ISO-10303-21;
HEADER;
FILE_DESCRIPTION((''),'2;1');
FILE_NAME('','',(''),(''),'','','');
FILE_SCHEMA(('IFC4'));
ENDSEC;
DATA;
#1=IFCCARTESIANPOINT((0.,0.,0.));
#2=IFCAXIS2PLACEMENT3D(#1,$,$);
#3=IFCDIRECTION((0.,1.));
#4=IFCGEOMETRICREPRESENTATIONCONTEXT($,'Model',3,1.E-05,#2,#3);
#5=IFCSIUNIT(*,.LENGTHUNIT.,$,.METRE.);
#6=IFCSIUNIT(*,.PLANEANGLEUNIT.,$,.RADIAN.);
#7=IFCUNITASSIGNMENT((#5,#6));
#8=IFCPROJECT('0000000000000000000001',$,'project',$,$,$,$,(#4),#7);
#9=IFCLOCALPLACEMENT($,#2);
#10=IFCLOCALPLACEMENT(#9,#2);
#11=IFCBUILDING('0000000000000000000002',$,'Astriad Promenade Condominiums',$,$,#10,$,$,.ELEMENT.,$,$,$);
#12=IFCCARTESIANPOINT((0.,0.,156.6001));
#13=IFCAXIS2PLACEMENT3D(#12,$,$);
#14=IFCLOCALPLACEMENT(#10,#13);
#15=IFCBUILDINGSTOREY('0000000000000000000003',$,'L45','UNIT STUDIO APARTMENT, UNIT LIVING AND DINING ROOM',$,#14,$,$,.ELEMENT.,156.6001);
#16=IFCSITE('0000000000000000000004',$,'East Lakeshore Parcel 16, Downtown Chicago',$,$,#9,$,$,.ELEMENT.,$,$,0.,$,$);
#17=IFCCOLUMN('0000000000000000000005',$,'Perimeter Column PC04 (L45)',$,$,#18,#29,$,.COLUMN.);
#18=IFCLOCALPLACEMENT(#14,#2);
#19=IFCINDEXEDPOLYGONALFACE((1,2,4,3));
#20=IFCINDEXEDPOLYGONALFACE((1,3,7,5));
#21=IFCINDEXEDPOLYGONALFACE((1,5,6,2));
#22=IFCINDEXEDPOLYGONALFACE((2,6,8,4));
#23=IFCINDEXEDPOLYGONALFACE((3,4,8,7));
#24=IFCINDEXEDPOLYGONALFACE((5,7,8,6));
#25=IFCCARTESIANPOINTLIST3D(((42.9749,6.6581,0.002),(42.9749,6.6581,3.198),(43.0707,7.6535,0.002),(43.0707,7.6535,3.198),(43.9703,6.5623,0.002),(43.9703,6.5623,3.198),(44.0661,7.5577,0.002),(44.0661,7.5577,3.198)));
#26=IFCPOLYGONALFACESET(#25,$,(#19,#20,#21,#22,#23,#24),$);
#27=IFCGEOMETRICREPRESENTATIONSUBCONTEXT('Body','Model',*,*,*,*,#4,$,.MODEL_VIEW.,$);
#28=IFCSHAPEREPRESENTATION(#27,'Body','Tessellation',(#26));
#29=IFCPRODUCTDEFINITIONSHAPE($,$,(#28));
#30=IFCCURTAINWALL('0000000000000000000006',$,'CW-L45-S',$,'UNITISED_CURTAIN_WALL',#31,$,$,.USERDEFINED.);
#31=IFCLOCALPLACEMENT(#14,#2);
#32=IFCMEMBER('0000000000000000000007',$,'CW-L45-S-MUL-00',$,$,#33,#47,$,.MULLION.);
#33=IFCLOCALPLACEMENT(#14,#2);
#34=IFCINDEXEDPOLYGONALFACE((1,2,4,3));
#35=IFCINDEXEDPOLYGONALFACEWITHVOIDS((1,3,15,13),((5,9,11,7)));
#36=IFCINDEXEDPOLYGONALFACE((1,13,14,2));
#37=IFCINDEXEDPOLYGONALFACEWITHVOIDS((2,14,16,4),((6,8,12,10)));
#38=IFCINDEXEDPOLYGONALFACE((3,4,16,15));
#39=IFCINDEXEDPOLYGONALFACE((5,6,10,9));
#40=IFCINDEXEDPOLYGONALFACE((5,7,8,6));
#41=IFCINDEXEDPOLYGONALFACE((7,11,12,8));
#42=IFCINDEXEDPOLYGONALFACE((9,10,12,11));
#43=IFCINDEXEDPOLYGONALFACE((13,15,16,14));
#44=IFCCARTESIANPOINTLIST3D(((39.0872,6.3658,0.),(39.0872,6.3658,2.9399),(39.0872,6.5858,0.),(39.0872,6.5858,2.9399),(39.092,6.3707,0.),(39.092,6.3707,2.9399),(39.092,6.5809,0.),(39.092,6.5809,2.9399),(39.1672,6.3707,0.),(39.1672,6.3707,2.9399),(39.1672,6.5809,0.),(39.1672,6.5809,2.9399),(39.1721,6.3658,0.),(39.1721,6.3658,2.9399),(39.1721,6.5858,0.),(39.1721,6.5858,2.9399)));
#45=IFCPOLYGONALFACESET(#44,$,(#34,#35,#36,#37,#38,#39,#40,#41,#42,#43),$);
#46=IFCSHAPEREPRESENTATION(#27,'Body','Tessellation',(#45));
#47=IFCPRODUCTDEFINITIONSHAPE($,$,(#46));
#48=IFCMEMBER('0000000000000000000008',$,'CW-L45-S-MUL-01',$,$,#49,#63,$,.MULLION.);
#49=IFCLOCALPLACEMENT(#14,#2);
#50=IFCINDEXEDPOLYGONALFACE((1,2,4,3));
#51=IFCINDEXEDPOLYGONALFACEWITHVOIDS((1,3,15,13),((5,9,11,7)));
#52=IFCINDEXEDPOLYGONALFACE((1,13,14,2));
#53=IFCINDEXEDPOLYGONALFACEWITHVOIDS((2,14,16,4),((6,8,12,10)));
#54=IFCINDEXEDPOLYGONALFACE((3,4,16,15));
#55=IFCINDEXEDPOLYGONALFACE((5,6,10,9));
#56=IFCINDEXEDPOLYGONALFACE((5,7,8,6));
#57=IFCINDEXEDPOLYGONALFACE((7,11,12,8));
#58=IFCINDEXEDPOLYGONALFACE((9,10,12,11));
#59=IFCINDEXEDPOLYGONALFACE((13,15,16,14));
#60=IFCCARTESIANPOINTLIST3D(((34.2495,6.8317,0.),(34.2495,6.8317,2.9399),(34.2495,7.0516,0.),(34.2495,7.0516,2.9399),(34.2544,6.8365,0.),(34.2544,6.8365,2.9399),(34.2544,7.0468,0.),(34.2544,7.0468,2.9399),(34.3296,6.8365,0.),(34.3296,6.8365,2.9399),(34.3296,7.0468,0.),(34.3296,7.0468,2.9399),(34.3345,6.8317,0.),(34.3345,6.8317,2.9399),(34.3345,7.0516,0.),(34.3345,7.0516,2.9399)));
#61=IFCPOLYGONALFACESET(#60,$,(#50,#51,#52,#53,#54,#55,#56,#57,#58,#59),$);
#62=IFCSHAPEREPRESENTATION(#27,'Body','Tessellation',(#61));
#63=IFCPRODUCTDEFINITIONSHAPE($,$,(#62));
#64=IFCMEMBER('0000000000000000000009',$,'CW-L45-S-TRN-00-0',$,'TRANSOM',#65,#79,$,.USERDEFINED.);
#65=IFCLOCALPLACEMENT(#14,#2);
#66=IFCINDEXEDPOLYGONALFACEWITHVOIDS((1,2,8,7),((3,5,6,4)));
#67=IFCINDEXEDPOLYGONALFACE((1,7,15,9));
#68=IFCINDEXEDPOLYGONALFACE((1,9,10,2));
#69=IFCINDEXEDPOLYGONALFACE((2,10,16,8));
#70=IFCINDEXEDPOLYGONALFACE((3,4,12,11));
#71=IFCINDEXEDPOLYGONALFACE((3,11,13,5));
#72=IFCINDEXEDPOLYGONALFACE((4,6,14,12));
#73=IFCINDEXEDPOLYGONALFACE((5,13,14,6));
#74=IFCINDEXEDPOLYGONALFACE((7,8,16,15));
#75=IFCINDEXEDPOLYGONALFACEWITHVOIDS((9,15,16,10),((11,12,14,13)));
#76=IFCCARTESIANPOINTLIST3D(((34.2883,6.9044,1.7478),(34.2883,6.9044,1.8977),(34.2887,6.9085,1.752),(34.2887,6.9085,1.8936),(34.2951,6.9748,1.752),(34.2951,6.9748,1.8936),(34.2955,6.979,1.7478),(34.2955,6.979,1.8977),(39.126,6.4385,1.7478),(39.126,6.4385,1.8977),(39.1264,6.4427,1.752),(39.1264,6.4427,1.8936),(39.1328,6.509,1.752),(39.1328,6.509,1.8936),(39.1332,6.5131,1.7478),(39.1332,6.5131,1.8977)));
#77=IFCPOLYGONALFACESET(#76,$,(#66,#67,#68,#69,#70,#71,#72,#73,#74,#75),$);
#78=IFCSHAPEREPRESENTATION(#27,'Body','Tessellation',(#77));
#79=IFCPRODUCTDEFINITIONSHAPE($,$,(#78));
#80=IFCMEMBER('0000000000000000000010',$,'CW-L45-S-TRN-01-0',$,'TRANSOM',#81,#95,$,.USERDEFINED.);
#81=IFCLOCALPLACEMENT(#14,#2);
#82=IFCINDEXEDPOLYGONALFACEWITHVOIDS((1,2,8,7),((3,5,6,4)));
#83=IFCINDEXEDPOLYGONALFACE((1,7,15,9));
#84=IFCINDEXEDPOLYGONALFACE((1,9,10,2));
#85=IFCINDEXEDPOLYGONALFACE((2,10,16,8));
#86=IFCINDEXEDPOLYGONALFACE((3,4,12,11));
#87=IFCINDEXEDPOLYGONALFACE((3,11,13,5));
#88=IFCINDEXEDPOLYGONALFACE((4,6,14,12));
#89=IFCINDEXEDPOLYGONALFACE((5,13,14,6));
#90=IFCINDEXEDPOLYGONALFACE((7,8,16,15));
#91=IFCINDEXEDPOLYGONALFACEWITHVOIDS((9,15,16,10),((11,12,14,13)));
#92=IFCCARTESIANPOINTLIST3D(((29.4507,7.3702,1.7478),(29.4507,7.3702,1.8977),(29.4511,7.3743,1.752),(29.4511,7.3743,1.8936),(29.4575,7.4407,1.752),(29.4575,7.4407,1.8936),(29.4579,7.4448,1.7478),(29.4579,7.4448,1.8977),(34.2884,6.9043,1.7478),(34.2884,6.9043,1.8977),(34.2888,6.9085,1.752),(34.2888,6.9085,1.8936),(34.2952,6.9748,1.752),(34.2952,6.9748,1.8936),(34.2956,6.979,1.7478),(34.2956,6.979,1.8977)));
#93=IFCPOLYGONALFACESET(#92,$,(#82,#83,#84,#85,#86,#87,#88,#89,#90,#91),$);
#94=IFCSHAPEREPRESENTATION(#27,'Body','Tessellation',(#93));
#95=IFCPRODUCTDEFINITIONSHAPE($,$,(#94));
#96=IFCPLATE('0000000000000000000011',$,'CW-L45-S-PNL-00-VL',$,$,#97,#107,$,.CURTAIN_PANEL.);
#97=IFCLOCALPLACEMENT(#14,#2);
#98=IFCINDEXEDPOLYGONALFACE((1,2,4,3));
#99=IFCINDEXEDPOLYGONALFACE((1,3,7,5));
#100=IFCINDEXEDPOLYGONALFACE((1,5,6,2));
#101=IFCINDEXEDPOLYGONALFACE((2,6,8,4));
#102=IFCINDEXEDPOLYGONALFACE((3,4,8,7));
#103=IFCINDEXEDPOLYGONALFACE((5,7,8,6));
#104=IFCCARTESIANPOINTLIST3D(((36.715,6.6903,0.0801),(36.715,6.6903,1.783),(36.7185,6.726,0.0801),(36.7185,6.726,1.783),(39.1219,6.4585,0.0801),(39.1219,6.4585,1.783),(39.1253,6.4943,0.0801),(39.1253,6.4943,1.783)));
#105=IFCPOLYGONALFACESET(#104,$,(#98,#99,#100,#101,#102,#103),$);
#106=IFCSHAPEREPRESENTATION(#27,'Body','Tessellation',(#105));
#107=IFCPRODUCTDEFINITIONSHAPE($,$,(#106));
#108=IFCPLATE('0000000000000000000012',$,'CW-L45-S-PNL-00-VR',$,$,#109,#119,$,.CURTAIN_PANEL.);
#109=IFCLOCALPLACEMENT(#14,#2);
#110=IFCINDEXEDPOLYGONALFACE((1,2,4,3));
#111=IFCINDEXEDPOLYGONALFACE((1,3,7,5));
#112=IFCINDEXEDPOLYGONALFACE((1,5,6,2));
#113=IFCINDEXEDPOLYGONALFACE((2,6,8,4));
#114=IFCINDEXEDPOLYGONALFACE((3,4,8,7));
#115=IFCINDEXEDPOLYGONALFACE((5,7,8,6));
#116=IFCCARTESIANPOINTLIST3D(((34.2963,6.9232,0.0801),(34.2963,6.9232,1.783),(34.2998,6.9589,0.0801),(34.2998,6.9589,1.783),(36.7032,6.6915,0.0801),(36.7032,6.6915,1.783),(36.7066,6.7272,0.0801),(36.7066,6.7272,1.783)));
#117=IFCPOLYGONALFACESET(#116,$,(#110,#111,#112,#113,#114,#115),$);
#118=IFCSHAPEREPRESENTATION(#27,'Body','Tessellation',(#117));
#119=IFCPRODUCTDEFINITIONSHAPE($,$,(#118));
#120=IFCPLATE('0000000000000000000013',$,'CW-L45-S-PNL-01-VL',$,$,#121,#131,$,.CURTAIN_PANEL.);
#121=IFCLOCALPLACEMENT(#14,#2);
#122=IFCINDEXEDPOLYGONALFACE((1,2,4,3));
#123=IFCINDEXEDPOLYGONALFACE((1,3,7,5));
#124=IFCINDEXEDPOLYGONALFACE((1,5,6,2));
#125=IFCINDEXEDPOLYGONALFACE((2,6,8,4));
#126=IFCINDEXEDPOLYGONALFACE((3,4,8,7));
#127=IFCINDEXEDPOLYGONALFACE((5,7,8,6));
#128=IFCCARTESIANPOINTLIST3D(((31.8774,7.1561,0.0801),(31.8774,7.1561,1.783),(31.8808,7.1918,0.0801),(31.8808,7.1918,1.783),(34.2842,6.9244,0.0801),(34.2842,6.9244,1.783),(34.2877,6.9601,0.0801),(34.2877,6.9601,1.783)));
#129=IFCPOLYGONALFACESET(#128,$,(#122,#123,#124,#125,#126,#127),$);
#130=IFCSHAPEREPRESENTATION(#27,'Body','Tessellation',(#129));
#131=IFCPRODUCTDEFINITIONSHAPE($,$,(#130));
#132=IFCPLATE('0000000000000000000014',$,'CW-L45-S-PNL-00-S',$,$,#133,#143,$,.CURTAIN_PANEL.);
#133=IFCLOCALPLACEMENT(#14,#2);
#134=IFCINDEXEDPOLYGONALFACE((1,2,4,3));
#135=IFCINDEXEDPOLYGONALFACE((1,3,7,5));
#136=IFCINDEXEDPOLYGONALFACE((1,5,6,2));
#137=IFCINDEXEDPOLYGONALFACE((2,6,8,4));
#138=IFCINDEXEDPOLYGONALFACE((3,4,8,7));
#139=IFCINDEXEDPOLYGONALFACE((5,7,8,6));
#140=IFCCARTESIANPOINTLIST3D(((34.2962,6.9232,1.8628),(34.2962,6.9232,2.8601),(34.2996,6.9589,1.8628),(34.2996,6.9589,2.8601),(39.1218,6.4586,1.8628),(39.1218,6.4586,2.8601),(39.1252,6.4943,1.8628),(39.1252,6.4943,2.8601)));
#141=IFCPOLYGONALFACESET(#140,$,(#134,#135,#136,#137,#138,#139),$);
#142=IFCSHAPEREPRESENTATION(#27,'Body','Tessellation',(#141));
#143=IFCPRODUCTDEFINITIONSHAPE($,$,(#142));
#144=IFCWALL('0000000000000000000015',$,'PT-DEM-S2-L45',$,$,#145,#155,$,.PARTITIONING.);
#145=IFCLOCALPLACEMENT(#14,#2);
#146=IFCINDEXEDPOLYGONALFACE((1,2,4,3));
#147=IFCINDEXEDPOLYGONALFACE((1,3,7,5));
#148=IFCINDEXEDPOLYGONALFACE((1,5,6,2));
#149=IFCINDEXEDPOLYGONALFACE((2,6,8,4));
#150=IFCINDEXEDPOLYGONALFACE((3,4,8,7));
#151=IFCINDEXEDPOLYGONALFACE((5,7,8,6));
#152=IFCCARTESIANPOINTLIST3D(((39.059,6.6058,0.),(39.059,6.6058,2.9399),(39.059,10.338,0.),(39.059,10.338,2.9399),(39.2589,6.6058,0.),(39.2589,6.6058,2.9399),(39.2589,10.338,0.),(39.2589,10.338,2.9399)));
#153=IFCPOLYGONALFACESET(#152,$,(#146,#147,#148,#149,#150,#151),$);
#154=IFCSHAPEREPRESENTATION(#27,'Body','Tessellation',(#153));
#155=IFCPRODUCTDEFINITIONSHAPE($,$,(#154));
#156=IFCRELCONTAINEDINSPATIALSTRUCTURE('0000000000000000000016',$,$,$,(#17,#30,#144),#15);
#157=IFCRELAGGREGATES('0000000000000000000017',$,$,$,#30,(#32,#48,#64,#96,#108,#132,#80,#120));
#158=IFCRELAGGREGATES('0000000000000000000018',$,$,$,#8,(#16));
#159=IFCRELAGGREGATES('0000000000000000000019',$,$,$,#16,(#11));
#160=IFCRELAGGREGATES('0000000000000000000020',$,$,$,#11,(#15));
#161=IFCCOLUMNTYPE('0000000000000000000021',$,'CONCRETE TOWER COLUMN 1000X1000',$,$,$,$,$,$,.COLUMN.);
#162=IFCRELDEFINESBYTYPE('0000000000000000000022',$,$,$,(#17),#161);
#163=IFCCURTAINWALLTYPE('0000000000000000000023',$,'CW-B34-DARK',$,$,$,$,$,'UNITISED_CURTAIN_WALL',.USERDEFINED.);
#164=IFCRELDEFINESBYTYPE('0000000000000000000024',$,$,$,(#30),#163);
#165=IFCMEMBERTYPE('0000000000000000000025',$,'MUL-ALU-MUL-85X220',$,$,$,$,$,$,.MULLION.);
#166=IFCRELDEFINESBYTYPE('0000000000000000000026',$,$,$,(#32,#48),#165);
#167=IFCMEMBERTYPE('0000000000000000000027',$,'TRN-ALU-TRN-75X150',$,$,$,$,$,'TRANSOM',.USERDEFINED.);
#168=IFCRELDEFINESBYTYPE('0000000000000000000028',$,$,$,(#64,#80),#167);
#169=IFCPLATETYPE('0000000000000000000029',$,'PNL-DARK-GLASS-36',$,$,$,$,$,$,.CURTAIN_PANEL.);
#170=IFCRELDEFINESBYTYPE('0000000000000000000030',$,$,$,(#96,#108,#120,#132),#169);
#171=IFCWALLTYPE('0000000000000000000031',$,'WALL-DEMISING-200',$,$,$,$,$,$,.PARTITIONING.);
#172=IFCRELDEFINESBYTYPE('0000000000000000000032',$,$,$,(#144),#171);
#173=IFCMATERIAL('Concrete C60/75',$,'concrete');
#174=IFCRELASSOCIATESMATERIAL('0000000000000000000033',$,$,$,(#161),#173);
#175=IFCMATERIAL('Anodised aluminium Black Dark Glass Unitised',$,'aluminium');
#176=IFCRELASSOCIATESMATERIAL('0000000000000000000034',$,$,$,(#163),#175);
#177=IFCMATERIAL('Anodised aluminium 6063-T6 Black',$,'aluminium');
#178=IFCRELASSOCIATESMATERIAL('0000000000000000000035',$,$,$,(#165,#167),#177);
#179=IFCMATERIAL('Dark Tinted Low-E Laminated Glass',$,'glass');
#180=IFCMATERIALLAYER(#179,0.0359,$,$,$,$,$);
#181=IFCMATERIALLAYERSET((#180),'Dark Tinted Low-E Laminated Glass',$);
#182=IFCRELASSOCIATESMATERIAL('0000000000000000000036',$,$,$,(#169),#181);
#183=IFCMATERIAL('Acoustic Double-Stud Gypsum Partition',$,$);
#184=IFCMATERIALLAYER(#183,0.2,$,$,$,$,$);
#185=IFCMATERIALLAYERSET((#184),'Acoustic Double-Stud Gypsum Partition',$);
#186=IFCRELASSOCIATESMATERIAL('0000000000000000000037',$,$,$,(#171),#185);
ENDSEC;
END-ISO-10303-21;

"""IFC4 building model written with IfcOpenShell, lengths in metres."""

from ifc_helpers import new_model, si_unit, direction, frame, frame_2d, origin, origin_2d, place, context, subcontext, project, spatial, rectangle, hollow_rectangle, extrude, source, transform, mapped, material, layer, layer_set, material_profile, profile_set, type_object, type_shapes, element, aggregate, save


model = new_model("IFC4")

# Units and contexts
model_context = context("Model", 3, precision=1e-05, world=origin(), true_north=direction((0.0, 1.0)))
body_context = subcontext(model_context, "Body", "Model", "MODEL_VIEW")
ifc_project = project(units=[si_unit("LENGTHUNIT", "METRE"), si_unit("PLANEANGLEUNIT", "RADIAN")], contexts=[model_context])

# Site, building, storey
site_placement = place(None, origin())
site = spatial("IfcSite", under=ifc_project, at=site_placement, Name="East Lakeshore Parcel 16, Downtown Chicago", CompositionType="ELEMENT", RefElevation=0.0)
building_placement = place(site_placement, origin())
building = spatial("IfcBuilding", under=site, at=building_placement, Name="Astriad Promenade Condominiums", CompositionType="ELEMENT")
storey_placement = place(building_placement, frame((0.0, 0.0, 156.6001)))
storey = spatial("IfcBuildingStorey", under=building, at=storey_placement, Name="L45", Description="UNIT STUDIO APARTMENT, UNIT LIVING AND DINING ROOM", CompositionType="ELEMENT", Elevation=156.6001)

# Column
ifc_material_1 = material(Name="Concrete C60/75", Category="concrete")
ifc_material_profile_1 = material_profile(ifc_material_1, rectangle(XDim=1.0, YDim=1.0, at=origin_2d()), Name="RC-COL-1000X1000")
ifc_profile_set_1 = profile_set([ifc_material_profile_1], Name="Concrete C60/75")
column_type = type_object("IfcColumnType", Name="CONCRETE TOWER COLUMN 1000X1000", PredefinedType="COLUMN", material=ifc_profile_set_1)
shared_shape_1 = source(origin(), body_context, "Body", "SweptSolid", [
    extrude(rectangle(XDim=1.0, YDim=1.0, at=origin_2d()), origin(), (0.0, 0.0, 1.0), 3.196),
])
type_shapes(column_type, [shared_shape_1])
column_placement = place(storey_placement, frame((43.5205, 7.1079, 0.002), z_axis=(0.0, 0.0, 1.0), x_axis=(0.995396, -0.095846, 0.0)))
element("IfcColumn", 1, at=column_placement, inside=storey, type_object=column_type, Name="Perimeter Column PC04 (L45)", PredefinedType="COLUMN", context=body_context, shape_type="MappedRepresentation", body=[
    mapped(shared_shape_1, transform((0.0, 0.0, 0.0), scale=1.0)),
])

# Curtain wall, members, plates
ifc_material_2 = material(Name="Anodised aluminium Black Dark Glass Unitised", Category="aluminium")
curtain_wall_type = type_object("IfcCurtainWallType", Name="CW-B34-DARK", ElementType="UNITISED_CURTAIN_WALL", PredefinedType="USERDEFINED", material=ifc_material_2)
curtain_wall_placement = place(storey_placement, origin())
curtain_wall = element("IfcCurtainWall", 2, at=curtain_wall_placement, inside=storey, type_object=curtain_wall_type, Name="CW-L45-S", ObjectType="UNITISED_CURTAIN_WALL", PredefinedType="USERDEFINED")
ifc_material_3 = material(Name="Anodised aluminium 6063-T6 Black", Category="aluminium")
ifc_material_profile_2 = material_profile(ifc_material_3, hollow_rectangle(XDim=0.085, YDim=0.22, WallThickness=0.0049, at=origin_2d()), Name="ALU-MUL-85X220")
ifc_profile_set_2 = profile_set([ifc_material_profile_2], Name="Anodised aluminium 6063-T6 Black")
member_type_1 = type_object("IfcMemberType", Name="MUL-ALU-MUL-85X220", PredefinedType="MULLION", material=ifc_profile_set_2)
shared_shape_2 = source(origin(), body_context, "Body", "SweptSolid", [
    extrude(hollow_rectangle(XDim=0.085, YDim=0.22, WallThickness=0.0049, at=origin_2d()), origin(), (0.0, 0.0, 1.0), 2.9399),
])
type_shapes(member_type_1, [shared_shape_2])
member_1_placement = place(storey_placement, frame((39.1296, 6.4758, 0.0), z_axis=(0.0, 0.0, 1.0), x_axis=(1.0, 0.0, 0.0)))
member_1 = element("IfcMember", 3, at=member_1_placement, type_object=member_type_1, Name="CW-L45-S-MUL-00", PredefinedType="MULLION", context=body_context, shape_type="MappedRepresentation", body=[
    mapped(shared_shape_2, transform((0.0, 0.0, 0.0), scale=1.0)),
])
member_2_placement = place(storey_placement, frame((34.292, 6.9417, 0.0), z_axis=(0.0, 0.0, 1.0), x_axis=(1.0, 0.0, 0.0)))
member_2 = element("IfcMember", 4, at=member_2_placement, type_object=member_type_1, Name="CW-L45-S-MUL-01", PredefinedType="MULLION", context=body_context, shape_type="MappedRepresentation", body=[
    mapped(shared_shape_2, transform((0.0, 0.0, 0.0), scale=1.0)),
])
ifc_material_profile_3 = material_profile(ifc_material_3, hollow_rectangle(XDim=0.075, YDim=0.1499, WallThickness=0.0042, at=origin_2d()), Name="ALU-TRN-75X150")
ifc_profile_set_3 = profile_set([ifc_material_profile_3], Name="Anodised aluminium 6063-T6 Black")
member_type_2 = type_object("IfcMemberType", Name="TRN-ALU-TRN-75X150", ElementType="TRANSOM", PredefinedType="USERDEFINED", material=ifc_profile_set_3)
shared_shape_3 = source(origin(), body_context, "Body", "SweptSolid", [
    extrude(hollow_rectangle(XDim=0.075, YDim=0.1499, WallThickness=0.0042, at=origin_2d()), origin(), (0.0, 0.0, 1.0), 4.8601),
])
type_shapes(member_type_2, [shared_shape_3])
member_3_placement = place(storey_placement, frame((39.1296, 6.4758, 1.8228), z_axis=(-0.995396, 0.095847, 0.0), x_axis=(-0.095847, -0.995396, 0.0)))
member_3 = element("IfcMember", 5, at=member_3_placement, type_object=member_type_2, Name="CW-L45-S-TRN-00-0", ObjectType="TRANSOM", PredefinedType="USERDEFINED", context=body_context, shape_type="MappedRepresentation", body=[
    mapped(shared_shape_3, transform((0.0, 0.0, 0.0), scale=1.0)),
])
member_4_placement = place(storey_placement, frame((34.292, 6.9417, 1.8228), z_axis=(-0.995396, 0.095847, 0.0), x_axis=(-0.095847, -0.995396, 0.0)))
member_4 = element("IfcMember", 6, at=member_4_placement, type_object=member_type_2, Name="CW-L45-S-TRN-01-0", ObjectType="TRANSOM", PredefinedType="USERDEFINED", context=body_context, shape_type="MappedRepresentation", body=[
    mapped(shared_shape_3, transform((0.0, 0.0, 0.0), scale=1.0)),
])
ifc_material_4 = material(Name="Dark Tinted Low-E Laminated Glass", Category="glass")
ifc_layer_1 = layer(ifc_material_4, 0.0359)
ifc_layer_set_1 = layer_set([ifc_layer_1], Name="Dark Tinted Low-E Laminated Glass")
plate_type = type_object("IfcPlateType", Name="PNL-DARK-GLASS-36", PredefinedType="CURTAIN_PANEL", material=ifc_layer_set_1)
shared_shape_4 = source(origin(), body_context, "Body", "SweptSolid", [
    extrude(rectangle(XDim=2.418, YDim=0.0359, at=origin_2d()), origin(), (0.0, 0.0, 1.0), 1.7029),
])
plate_1_placement = place(storey_placement, frame((37.9202, 6.5923, 0.0801), z_axis=(0.0, 0.0, 1.0), x_axis=(-0.995396, 0.095846, 0.0)))
plate_1 = element("IfcPlate", 7, at=plate_1_placement, type_object=plate_type, Name="CW-L45-S-PNL-00-VL", PredefinedType="CURTAIN_PANEL", context=body_context, shape_type="MappedRepresentation", body=[
    mapped(shared_shape_4, transform((0.0, 0.0, 0.0), scale=1.0)),
])
plate_2_placement = place(storey_placement, frame((35.5015, 6.8252, 0.0801), z_axis=(0.0, 0.0, 1.0), x_axis=(-0.995396, 0.095846, 0.0)))
plate_2 = element("IfcPlate", 8, at=plate_2_placement, type_object=plate_type, Name="CW-L45-S-PNL-00-VR", PredefinedType="CURTAIN_PANEL", context=body_context, shape_type="MappedRepresentation", body=[
    mapped(shared_shape_4, transform((0.0, 0.0, 0.0), scale=1.0)),
])
plate_3_placement = place(storey_placement, frame((33.0825, 7.0581, 0.0801), z_axis=(0.0, 0.0, 1.0), x_axis=(-0.995396, 0.095846, 0.0)))
plate_3 = element("IfcPlate", 9, at=plate_3_placement, type_object=plate_type, Name="CW-L45-S-PNL-01-VL", PredefinedType="CURTAIN_PANEL", context=body_context, shape_type="MappedRepresentation", body=[
    mapped(shared_shape_4, transform((0.0, 0.0, 0.0), scale=1.0)),
])
shared_shape_5 = source(origin(), body_context, "Body", "SweptSolid", [
    extrude(rectangle(XDim=4.8479, YDim=0.0359, at=origin_2d()), origin(), (0.0, 0.0, 1.0), 0.9973),
])
type_shapes(plate_type, [shared_shape_4, shared_shape_5])
plate_4_placement = place(storey_placement, frame((36.7107, 6.7087, 1.8628), z_axis=(0.0, 0.0, 1.0), x_axis=(-0.995396, 0.095846, 0.0)))
plate_4 = element("IfcPlate", 10, at=plate_4_placement, type_object=plate_type, Name="CW-L45-S-PNL-00-S", PredefinedType="CURTAIN_PANEL", context=body_context, shape_type="MappedRepresentation", body=[
    mapped(shared_shape_5, transform((0.0, 0.0, 0.0), scale=1.0)),
])
aggregate(curtain_wall, [member_1, member_2, member_3, plate_1, plate_2, plate_4, member_4, plate_3])

# Wall
ifc_material_5 = material(Name="Acoustic Double-Stud Gypsum Partition")
ifc_layer_2 = layer(ifc_material_5, 0.2)
ifc_layer_set_2 = layer_set([ifc_layer_2], Name="Acoustic Double-Stud Gypsum Partition")
wall_type_1 = type_object("IfcWallType", Name="WALL-DEMISING-200", PredefinedType="PARTITIONING", material=ifc_layer_set_2)
wall_1_placement = place(storey_placement, frame((39.1589, 6.6057, 0.0), z_axis=(0.0, 0.0, 1.0), x_axis=(0.0, 1.0, 0.0)))
element("IfcWall", 11, at=wall_1_placement, inside=storey, type_object=wall_type_1, Name="PT-DEM-S2-L45", PredefinedType="PARTITIONING", context=body_context, shape_type="SweptSolid", body=[
    extrude(rectangle(XDim=3.7322, YDim=0.2, at=frame_2d((1.8662, 0.0))), origin(), (0.0, 0.0, 1.0), 2.9399),
])

save(model, "model.ifc")
